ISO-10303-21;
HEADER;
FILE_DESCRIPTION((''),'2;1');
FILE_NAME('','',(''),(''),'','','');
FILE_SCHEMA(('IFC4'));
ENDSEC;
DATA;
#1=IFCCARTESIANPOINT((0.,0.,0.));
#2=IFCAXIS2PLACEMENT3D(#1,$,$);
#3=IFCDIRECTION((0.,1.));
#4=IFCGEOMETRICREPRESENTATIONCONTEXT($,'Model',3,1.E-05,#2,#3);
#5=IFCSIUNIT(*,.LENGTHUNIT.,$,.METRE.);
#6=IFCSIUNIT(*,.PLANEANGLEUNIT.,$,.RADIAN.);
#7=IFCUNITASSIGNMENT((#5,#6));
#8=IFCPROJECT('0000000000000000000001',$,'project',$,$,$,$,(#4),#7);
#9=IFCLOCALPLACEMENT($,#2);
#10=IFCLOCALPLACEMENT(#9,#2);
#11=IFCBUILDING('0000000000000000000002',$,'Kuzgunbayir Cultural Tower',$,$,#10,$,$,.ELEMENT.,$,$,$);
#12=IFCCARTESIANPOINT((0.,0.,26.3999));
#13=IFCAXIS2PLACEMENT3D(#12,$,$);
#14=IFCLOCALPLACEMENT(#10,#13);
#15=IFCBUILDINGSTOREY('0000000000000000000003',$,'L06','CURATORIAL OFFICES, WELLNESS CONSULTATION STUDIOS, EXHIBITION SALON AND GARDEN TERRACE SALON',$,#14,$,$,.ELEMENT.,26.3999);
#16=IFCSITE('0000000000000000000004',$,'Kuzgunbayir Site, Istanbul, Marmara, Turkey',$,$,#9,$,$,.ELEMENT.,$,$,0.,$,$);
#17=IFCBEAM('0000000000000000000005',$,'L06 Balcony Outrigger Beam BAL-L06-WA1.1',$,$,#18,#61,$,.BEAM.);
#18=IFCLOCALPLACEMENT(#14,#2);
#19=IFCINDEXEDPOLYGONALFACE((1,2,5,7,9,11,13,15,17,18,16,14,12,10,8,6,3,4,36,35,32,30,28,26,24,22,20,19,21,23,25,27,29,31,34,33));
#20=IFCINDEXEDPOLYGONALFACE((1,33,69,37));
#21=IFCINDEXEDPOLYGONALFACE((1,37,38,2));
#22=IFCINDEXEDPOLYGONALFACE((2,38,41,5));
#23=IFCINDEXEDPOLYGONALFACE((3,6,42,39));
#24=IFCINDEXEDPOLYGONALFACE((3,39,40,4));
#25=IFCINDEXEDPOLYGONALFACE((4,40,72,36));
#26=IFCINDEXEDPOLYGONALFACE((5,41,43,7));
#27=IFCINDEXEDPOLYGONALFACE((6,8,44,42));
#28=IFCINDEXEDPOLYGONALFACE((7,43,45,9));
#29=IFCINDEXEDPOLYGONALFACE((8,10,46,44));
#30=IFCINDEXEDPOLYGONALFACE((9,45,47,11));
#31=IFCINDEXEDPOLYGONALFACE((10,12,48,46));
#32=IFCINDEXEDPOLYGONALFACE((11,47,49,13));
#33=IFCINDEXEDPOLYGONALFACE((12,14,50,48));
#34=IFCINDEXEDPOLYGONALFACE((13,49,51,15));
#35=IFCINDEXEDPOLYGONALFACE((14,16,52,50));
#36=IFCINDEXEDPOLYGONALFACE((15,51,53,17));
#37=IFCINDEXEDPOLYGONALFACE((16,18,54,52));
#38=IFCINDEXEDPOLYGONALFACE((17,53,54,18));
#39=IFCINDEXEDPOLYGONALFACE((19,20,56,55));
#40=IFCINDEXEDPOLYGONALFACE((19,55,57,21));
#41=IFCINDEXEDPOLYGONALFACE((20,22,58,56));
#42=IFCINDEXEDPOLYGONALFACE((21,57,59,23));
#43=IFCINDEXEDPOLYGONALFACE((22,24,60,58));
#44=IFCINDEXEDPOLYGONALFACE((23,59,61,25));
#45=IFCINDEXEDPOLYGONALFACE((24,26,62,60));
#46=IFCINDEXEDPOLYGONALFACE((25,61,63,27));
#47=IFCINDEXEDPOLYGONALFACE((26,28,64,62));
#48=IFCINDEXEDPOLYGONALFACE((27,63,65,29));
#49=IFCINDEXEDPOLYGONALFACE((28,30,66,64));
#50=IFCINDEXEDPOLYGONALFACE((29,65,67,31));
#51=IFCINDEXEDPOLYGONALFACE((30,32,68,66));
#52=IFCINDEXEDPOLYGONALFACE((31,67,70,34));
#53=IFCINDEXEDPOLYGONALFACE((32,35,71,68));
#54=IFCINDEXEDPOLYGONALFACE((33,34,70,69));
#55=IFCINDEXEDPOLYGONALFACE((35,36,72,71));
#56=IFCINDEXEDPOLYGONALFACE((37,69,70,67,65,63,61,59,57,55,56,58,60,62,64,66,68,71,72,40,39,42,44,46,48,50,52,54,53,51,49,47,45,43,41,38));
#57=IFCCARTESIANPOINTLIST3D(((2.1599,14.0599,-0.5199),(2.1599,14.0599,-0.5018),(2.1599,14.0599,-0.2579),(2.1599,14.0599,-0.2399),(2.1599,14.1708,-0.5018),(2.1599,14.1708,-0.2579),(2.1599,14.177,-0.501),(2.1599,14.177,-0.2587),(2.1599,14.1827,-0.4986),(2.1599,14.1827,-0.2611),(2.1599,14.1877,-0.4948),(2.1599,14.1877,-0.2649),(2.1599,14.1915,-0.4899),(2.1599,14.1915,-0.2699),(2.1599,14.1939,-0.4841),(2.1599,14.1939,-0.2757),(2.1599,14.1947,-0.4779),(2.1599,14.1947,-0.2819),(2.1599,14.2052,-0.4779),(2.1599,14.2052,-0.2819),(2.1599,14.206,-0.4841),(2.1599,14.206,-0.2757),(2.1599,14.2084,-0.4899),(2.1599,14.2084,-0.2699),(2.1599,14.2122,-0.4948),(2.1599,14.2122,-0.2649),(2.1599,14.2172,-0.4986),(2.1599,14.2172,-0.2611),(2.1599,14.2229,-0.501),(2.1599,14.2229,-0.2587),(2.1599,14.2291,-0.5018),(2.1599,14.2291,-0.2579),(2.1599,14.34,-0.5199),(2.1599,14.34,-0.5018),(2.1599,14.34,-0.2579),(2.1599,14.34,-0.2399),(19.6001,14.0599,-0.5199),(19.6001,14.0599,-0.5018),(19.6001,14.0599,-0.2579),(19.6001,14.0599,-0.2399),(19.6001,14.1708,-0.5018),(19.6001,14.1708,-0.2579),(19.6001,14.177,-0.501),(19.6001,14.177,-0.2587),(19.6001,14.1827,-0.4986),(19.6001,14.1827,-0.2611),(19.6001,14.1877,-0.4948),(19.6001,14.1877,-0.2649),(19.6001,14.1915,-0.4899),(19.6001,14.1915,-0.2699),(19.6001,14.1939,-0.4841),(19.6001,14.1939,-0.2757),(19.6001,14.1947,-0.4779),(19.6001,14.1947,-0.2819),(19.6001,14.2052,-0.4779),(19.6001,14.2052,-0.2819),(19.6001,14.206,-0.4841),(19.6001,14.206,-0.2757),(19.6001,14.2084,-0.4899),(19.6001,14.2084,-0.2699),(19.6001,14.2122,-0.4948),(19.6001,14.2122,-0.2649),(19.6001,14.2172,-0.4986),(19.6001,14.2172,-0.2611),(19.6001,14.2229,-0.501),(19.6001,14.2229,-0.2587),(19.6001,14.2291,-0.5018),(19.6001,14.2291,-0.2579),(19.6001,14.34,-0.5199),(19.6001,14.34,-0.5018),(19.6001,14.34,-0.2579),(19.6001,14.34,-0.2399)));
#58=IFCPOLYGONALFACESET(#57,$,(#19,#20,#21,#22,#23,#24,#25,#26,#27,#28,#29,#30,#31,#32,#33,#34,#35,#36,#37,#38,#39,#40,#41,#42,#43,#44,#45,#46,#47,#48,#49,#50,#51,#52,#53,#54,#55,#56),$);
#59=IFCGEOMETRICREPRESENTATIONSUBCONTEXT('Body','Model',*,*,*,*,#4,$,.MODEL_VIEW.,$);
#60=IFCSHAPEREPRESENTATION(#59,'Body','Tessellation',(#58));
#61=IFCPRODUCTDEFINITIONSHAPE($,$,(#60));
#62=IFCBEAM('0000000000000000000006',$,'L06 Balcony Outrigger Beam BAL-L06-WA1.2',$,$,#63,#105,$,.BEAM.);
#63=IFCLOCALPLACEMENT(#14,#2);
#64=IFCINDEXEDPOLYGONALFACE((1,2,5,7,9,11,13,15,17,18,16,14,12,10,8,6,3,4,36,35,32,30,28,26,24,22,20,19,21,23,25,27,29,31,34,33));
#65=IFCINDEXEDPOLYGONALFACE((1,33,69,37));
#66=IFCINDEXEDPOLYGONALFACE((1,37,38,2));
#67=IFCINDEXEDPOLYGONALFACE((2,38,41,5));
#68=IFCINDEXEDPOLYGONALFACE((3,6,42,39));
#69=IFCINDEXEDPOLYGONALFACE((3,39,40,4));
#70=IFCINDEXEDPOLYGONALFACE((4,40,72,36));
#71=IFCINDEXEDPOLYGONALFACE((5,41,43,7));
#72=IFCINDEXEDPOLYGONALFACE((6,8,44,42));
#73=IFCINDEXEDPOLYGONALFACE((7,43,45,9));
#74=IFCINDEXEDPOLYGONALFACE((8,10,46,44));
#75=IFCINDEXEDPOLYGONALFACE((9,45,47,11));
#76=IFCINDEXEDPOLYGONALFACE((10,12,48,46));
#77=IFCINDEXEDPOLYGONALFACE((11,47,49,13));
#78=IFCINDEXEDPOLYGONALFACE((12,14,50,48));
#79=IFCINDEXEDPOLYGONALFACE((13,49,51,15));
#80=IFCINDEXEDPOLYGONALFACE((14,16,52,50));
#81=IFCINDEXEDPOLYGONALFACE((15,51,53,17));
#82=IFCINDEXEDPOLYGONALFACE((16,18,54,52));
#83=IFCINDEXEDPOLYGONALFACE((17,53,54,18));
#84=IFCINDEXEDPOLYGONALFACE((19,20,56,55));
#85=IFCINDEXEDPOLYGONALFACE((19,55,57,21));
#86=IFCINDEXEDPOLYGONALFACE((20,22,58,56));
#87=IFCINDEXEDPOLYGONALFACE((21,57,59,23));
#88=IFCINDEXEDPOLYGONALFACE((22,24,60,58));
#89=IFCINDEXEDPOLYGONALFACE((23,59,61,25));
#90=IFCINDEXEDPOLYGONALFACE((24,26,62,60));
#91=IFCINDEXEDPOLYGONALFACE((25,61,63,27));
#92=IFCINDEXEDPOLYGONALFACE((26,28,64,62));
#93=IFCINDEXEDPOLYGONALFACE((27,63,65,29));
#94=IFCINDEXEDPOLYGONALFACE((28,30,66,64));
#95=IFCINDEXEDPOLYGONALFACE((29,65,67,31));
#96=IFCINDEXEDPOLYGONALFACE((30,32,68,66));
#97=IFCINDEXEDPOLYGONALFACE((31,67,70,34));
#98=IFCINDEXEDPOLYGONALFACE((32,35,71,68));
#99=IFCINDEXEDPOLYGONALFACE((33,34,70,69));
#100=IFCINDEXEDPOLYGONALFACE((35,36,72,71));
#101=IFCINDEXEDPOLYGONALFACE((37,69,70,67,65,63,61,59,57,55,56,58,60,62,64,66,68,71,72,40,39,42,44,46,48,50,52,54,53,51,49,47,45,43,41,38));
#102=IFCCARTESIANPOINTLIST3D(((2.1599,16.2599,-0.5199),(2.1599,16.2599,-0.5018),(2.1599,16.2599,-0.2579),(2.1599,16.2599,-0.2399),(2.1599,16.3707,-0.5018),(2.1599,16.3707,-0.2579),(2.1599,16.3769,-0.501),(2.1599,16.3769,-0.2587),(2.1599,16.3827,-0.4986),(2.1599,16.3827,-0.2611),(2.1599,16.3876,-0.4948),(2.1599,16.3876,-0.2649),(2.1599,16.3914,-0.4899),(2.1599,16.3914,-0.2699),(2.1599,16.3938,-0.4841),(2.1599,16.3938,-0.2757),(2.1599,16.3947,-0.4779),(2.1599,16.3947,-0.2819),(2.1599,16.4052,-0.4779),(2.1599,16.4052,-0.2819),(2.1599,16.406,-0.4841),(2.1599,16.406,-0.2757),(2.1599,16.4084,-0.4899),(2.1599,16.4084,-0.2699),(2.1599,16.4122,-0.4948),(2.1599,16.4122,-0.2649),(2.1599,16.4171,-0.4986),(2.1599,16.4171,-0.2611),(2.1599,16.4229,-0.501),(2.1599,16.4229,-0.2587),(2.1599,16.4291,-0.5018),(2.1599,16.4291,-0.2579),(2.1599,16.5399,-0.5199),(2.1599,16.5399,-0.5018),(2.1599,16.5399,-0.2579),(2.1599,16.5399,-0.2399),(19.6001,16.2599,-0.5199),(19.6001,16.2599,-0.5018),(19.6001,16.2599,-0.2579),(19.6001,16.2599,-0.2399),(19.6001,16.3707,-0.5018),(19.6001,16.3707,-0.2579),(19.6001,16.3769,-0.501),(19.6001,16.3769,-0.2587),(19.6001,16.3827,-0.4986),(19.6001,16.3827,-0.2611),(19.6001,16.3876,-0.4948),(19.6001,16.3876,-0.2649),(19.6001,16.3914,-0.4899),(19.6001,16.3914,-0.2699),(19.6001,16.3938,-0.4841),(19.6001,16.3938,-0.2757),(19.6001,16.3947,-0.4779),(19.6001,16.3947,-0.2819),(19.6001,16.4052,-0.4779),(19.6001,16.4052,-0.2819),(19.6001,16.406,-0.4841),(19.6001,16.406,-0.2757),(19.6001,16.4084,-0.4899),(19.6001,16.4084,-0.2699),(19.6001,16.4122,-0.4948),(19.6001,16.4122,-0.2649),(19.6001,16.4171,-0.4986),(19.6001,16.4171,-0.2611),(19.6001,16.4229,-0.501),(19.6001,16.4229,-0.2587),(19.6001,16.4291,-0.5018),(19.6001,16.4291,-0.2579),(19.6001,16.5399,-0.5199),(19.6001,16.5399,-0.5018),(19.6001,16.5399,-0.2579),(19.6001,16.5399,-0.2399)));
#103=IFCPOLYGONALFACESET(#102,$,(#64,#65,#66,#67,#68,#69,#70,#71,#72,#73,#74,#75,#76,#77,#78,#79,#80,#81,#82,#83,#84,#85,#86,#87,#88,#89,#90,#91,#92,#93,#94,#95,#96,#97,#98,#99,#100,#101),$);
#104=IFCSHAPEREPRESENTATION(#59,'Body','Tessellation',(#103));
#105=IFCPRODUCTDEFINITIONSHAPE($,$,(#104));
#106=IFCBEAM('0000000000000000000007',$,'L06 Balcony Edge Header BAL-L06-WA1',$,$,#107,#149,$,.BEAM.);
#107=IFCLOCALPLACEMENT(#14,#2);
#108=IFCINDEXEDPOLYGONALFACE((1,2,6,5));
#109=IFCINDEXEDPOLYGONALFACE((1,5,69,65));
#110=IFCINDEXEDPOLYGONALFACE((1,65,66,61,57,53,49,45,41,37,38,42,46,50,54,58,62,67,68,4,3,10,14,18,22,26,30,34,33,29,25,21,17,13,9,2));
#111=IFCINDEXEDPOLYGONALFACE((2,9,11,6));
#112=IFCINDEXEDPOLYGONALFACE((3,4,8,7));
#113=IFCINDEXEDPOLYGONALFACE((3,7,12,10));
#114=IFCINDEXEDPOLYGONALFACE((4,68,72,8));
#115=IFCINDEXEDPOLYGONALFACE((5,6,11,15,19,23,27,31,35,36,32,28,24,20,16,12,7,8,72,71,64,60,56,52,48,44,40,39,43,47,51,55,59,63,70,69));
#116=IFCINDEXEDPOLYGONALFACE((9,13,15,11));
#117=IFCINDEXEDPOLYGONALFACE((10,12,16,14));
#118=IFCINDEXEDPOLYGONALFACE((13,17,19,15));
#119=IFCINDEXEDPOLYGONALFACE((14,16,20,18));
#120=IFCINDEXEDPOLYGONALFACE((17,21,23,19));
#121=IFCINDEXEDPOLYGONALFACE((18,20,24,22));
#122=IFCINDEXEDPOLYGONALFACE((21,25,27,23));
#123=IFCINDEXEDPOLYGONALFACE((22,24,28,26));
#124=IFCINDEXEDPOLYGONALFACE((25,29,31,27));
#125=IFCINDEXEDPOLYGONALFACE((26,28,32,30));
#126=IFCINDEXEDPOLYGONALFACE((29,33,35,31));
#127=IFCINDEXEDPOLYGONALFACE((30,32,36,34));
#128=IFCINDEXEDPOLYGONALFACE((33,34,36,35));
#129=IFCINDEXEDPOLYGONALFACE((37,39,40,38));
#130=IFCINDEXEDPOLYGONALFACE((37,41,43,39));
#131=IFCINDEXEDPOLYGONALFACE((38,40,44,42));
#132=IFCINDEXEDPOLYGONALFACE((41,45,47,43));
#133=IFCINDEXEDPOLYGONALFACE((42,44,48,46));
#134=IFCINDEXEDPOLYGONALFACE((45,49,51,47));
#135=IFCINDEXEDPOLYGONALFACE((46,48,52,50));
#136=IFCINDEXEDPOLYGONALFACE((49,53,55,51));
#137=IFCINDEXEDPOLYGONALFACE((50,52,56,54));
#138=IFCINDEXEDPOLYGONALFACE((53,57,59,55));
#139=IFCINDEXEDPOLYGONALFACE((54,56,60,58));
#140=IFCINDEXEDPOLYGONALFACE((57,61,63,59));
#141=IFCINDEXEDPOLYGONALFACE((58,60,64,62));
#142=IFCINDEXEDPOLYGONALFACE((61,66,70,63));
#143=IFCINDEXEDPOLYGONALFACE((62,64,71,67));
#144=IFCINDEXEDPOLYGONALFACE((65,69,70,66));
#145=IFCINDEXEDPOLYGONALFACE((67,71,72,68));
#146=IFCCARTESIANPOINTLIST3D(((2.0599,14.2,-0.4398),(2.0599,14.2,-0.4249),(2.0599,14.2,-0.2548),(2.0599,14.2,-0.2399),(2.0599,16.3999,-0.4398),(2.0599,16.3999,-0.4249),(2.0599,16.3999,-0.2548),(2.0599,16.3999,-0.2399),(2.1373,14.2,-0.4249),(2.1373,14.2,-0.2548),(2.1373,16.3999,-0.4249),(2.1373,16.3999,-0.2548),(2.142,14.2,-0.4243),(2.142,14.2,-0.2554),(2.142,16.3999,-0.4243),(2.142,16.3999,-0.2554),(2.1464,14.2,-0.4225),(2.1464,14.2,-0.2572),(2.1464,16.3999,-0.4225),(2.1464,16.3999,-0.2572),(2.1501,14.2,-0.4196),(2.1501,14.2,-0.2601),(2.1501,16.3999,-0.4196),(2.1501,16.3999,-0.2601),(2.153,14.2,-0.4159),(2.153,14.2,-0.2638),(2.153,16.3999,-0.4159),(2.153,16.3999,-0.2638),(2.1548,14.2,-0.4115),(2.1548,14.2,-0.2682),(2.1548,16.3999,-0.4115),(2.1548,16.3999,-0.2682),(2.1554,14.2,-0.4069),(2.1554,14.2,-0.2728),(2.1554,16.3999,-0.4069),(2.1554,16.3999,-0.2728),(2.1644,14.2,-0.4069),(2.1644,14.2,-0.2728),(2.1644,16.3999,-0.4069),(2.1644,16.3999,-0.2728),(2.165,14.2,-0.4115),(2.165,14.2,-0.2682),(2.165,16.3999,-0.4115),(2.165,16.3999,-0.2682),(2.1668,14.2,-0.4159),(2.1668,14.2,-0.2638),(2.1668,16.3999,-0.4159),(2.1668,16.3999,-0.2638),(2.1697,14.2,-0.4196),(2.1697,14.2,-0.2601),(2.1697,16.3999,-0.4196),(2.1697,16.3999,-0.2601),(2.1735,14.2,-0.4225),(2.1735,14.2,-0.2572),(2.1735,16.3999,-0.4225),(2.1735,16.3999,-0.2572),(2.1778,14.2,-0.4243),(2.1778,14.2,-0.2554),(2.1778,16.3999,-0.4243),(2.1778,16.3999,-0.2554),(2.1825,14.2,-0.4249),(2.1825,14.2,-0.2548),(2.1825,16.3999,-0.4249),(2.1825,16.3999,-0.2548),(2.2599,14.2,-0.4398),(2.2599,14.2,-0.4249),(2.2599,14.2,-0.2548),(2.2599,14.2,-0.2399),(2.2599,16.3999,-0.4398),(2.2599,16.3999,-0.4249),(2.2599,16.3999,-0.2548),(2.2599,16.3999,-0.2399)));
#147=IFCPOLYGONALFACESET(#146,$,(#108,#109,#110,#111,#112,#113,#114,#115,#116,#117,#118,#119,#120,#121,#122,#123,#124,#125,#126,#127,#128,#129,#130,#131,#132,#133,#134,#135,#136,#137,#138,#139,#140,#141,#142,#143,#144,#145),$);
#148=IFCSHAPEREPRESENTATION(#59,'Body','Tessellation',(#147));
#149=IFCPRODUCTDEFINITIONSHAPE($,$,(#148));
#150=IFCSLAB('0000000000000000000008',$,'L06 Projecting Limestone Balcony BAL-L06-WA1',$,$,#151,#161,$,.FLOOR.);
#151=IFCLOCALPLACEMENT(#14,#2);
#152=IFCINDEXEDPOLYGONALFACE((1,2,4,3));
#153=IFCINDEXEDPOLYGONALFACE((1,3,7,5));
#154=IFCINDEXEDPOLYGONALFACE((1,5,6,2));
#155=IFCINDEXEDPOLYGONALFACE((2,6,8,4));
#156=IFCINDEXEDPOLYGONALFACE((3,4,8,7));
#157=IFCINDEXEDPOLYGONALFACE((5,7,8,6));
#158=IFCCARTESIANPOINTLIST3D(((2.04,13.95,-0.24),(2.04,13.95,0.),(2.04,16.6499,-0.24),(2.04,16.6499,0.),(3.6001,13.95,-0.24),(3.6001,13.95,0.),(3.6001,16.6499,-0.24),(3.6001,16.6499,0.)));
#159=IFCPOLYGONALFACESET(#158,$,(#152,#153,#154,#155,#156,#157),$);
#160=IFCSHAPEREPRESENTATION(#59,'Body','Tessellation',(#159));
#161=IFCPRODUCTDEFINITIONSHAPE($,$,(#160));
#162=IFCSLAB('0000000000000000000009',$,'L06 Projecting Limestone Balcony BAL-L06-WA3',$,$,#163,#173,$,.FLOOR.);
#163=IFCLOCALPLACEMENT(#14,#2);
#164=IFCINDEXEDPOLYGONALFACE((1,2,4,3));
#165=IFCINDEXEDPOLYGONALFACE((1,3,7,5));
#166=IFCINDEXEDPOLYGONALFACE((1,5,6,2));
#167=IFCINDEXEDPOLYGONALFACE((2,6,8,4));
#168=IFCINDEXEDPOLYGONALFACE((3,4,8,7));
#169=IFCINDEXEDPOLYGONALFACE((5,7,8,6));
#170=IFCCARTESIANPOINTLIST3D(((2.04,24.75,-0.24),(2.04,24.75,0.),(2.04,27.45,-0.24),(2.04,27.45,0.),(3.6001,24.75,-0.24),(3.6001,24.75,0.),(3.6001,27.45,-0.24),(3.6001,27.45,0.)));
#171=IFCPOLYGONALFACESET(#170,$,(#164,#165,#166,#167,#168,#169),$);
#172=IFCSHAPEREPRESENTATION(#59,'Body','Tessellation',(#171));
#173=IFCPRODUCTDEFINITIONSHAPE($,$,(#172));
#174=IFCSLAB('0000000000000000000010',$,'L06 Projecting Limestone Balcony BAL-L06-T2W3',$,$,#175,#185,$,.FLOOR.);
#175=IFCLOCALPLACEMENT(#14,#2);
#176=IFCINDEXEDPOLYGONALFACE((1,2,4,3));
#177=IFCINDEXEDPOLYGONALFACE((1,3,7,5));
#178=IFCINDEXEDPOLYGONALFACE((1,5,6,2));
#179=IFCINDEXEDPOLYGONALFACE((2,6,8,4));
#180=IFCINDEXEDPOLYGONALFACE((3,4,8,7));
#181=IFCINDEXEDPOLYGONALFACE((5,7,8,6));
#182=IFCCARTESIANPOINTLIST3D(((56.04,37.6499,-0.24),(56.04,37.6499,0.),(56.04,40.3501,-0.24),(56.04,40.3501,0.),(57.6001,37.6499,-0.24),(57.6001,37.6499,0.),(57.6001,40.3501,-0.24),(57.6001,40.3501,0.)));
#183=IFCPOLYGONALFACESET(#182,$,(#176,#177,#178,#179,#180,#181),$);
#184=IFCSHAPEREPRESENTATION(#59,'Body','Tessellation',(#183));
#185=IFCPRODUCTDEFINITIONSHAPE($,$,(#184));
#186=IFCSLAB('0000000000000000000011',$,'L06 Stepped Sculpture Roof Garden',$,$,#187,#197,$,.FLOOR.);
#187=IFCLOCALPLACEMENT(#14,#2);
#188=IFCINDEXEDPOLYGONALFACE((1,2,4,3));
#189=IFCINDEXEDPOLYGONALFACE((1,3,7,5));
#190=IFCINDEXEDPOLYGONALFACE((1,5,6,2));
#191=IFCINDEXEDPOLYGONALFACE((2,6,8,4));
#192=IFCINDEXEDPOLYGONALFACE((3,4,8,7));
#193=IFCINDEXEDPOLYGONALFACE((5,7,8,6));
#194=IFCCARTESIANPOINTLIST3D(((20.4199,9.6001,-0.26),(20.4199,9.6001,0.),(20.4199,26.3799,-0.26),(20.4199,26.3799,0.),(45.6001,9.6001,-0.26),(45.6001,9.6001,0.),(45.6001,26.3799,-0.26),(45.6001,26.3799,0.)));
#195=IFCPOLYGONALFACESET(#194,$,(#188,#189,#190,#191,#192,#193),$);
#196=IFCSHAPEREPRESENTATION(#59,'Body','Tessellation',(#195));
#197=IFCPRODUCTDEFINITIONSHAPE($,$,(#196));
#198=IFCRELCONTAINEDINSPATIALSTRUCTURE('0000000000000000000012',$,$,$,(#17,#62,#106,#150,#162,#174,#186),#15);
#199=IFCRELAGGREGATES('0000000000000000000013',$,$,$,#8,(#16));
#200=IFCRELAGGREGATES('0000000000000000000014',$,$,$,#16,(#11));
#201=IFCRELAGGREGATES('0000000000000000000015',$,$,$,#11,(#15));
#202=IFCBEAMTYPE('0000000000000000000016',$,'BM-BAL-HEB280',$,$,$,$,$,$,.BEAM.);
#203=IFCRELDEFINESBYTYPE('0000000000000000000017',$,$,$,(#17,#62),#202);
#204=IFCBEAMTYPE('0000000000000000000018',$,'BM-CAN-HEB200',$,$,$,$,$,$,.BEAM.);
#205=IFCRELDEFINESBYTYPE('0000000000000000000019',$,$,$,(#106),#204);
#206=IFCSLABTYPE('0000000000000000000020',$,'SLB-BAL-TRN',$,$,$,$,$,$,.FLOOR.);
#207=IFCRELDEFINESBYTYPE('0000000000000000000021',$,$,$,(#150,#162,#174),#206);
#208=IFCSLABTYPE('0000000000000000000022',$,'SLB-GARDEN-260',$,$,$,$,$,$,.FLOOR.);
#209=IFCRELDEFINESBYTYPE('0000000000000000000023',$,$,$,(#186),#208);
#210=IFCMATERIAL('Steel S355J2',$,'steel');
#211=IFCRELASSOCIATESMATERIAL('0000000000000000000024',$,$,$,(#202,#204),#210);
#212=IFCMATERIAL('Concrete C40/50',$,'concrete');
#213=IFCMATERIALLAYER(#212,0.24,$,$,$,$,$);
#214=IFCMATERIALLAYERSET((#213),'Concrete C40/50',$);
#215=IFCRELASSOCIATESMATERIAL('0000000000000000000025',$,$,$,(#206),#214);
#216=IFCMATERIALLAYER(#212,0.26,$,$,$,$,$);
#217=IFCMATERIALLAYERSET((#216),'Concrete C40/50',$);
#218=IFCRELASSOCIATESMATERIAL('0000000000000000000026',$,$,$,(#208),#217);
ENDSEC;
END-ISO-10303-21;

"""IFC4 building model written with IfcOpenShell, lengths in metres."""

from ifc_helpers import new_model, si_unit, direction, frame, origin, origin_2d, place, context, subcontext, project, spatial, polyline, i_section, outline, extrude, material, layer, layer_set, material_profile, profile_set, type_object, element, save


model = new_model("IFC4")

# Units and contexts
model_context = context("Model", 3, precision=1e-05, world=origin(), true_north=direction((0.0, 1.0)))
body_context = subcontext(model_context, "Body", "Model", "MODEL_VIEW")
ifc_project = project(units=[si_unit("LENGTHUNIT", "METRE"), si_unit("PLANEANGLEUNIT", "RADIAN")], contexts=[model_context])

# Site, building, storey
site_placement = place(None, origin())
site = spatial("IfcSite", under=ifc_project, at=site_placement, Name="Kuzgunbayir Site, Istanbul, Marmara, Turkey", CompositionType="ELEMENT", RefElevation=0.0)
building_placement = place(site_placement, origin())
building = spatial("IfcBuilding", under=site, at=building_placement, Name="Kuzgunbayir Cultural Tower", CompositionType="ELEMENT")
storey_placement = place(building_placement, frame((0.0, 0.0, 26.3999)))
storey = spatial("IfcBuildingStorey", under=building, at=storey_placement, Name="L06", Description="CURATORIAL OFFICES, WELLNESS CONSULTATION STUDIOS, EXHIBITION SALON AND GARDEN TERRACE SALON", CompositionType="ELEMENT", Elevation=26.3999)

# Beams
ifc_material_1 = material(Name="Steel S355J2", Category="steel")
ifc_material_profile_1 = material_profile(ifc_material_1, i_section(OverallWidth=0.28, OverallDepth=0.28, WebThickness=0.0105, FlangeThickness=0.0181, FilletRadius=0.0239, at=origin_2d()), Name="HEB 280")
ifc_profile_set_1 = profile_set([ifc_material_profile_1], Name="Steel S355J2")
beam_type_1 = type_object("IfcBeamType", Name="BM-BAL-HEB280", PredefinedType="BEAM", material=ifc_profile_set_1)
for number, where, z_axis, x_axis, name in (
    (1, (2.1599, 14.2, -0.3799), (1.0, 0.0, 0.0), (0.0, 1.0, 0.0), "L06 Balcony Outrigger Beam BAL-L06-WA1.1"),
    (2, (2.1599, 16.3999, -0.3799), (1.0, 0.0, 0.0), (0.0, 1.0, 0.0), "L06 Balcony Outrigger Beam BAL-L06-WA1.2"),
):
    element("IfcBeam", number, at=place(storey_placement, frame(where, z_axis=z_axis, x_axis=x_axis)), inside=storey, type_object=beam_type_1, Name=name, PredefinedType="BEAM", context=body_context, shape_type="SweptSolid", body=[
        extrude(i_section(OverallWidth=0.28, OverallDepth=0.28, WebThickness=0.0105, FlangeThickness=0.0181, FilletRadius=0.0239, at=origin_2d()), origin(), (0.0, 0.0, 1.0), 17.4402),
    ])
ifc_material_profile_2 = material_profile(ifc_material_1, i_section(OverallWidth=0.2, OverallDepth=0.2, WebThickness=0.009, FlangeThickness=0.0149, FilletRadius=0.0181, at=origin_2d()), Name="HEB 200")
ifc_profile_set_2 = profile_set([ifc_material_profile_2], Name="Steel S355J2")
beam_type_2 = type_object("IfcBeamType", Name="BM-CAN-HEB200", PredefinedType="BEAM", material=ifc_profile_set_2)
beam_placement = place(storey_placement, frame((2.1599, 14.2, -0.3398), z_axis=(0.0, 1.0, 0.0), x_axis=(-1.0, 0.0, 0.0)))
element("IfcBeam", 3, at=beam_placement, inside=storey, type_object=beam_type_2, Name="L06 Balcony Edge Header BAL-L06-WA1", PredefinedType="BEAM", context=body_context, shape_type="SweptSolid", body=[
    extrude(i_section(OverallWidth=0.2, OverallDepth=0.2, WebThickness=0.009, FlangeThickness=0.0149, FilletRadius=0.0181, at=origin_2d()), origin(), (0.0, 0.0, 1.0), 2.2),
])

# Slabs
ifc_material_2 = material(Name="Concrete C40/50", Category="concrete")
ifc_layer_1 = layer(ifc_material_2, 0.24)
ifc_layer_set_1 = layer_set([ifc_layer_1], Name="Concrete C40/50")
slab_type_1 = type_object("IfcSlabType", Name="SLB-BAL-TRN", PredefinedType="FLOOR", material=ifc_layer_set_1)
slab_1_placement = place(storey_placement, frame((0.0, 0.0, -0.24)))
element("IfcSlab", 4, at=slab_1_placement, inside=storey, type_object=slab_type_1, Name="L06 Projecting Limestone Balcony BAL-L06-WA1", PredefinedType="FLOOR", context=body_context, shape_type="SweptSolid", body=[
    extrude(outline(polyline([(2.04, 13.95), (3.6001, 13.95), (3.6001, 16.6499), (2.04, 16.6499), (2.04, 13.95)])), origin(), (0.0, 0.0, 1.0), 0.24),
])
slab_2_placement = place(storey_placement, frame((0.0, 0.0, -0.24)))
element("IfcSlab", 5, at=slab_2_placement, inside=storey, type_object=slab_type_1, Name="L06 Projecting Limestone Balcony BAL-L06-WA3", PredefinedType="FLOOR", context=body_context, shape_type="SweptSolid", body=[
    extrude(outline(polyline([(2.04, 24.75), (3.6001, 24.75), (3.6001, 27.45), (2.04, 27.45), (2.04, 24.75)])), origin(), (0.0, 0.0, 1.0), 0.24),
])
slab_3_placement = place(storey_placement, frame((0.0, 0.0, -0.24)))
element("IfcSlab", 6, at=slab_3_placement, inside=storey, type_object=slab_type_1, Name="L06 Projecting Limestone Balcony BAL-L06-T2W3", PredefinedType="FLOOR", context=body_context, shape_type="SweptSolid", body=[
    extrude(outline(polyline([(56.04, 37.6499), (57.6001, 37.6499), (57.6001, 40.3501), (56.04, 40.3501), (56.04, 37.6499)])), origin(), (0.0, 0.0, 1.0), 0.24),
])
ifc_layer_2 = layer(ifc_material_2, 0.26)
ifc_layer_set_2 = layer_set([ifc_layer_2], Name="Concrete C40/50")
slab_type_2 = type_object("IfcSlabType", Name="SLB-GARDEN-260", PredefinedType="FLOOR", material=ifc_layer_set_2)
slab_4_placement = place(storey_placement, frame((0.0, 0.0, -0.26)))
element("IfcSlab", 7, at=slab_4_placement, inside=storey, type_object=slab_type_2, Name="L06 Stepped Sculpture Roof Garden", PredefinedType="FLOOR", context=body_context, shape_type="SweptSolid", body=[
    extrude(outline(polyline([(20.4199, 9.6001), (45.6001, 9.6001), (45.6001, 26.3799), (20.4199, 26.3799), (20.4199, 9.6001)])), origin(), (0.0, 0.0, 1.0), 0.26),
])

save(model, "model.ifc")
